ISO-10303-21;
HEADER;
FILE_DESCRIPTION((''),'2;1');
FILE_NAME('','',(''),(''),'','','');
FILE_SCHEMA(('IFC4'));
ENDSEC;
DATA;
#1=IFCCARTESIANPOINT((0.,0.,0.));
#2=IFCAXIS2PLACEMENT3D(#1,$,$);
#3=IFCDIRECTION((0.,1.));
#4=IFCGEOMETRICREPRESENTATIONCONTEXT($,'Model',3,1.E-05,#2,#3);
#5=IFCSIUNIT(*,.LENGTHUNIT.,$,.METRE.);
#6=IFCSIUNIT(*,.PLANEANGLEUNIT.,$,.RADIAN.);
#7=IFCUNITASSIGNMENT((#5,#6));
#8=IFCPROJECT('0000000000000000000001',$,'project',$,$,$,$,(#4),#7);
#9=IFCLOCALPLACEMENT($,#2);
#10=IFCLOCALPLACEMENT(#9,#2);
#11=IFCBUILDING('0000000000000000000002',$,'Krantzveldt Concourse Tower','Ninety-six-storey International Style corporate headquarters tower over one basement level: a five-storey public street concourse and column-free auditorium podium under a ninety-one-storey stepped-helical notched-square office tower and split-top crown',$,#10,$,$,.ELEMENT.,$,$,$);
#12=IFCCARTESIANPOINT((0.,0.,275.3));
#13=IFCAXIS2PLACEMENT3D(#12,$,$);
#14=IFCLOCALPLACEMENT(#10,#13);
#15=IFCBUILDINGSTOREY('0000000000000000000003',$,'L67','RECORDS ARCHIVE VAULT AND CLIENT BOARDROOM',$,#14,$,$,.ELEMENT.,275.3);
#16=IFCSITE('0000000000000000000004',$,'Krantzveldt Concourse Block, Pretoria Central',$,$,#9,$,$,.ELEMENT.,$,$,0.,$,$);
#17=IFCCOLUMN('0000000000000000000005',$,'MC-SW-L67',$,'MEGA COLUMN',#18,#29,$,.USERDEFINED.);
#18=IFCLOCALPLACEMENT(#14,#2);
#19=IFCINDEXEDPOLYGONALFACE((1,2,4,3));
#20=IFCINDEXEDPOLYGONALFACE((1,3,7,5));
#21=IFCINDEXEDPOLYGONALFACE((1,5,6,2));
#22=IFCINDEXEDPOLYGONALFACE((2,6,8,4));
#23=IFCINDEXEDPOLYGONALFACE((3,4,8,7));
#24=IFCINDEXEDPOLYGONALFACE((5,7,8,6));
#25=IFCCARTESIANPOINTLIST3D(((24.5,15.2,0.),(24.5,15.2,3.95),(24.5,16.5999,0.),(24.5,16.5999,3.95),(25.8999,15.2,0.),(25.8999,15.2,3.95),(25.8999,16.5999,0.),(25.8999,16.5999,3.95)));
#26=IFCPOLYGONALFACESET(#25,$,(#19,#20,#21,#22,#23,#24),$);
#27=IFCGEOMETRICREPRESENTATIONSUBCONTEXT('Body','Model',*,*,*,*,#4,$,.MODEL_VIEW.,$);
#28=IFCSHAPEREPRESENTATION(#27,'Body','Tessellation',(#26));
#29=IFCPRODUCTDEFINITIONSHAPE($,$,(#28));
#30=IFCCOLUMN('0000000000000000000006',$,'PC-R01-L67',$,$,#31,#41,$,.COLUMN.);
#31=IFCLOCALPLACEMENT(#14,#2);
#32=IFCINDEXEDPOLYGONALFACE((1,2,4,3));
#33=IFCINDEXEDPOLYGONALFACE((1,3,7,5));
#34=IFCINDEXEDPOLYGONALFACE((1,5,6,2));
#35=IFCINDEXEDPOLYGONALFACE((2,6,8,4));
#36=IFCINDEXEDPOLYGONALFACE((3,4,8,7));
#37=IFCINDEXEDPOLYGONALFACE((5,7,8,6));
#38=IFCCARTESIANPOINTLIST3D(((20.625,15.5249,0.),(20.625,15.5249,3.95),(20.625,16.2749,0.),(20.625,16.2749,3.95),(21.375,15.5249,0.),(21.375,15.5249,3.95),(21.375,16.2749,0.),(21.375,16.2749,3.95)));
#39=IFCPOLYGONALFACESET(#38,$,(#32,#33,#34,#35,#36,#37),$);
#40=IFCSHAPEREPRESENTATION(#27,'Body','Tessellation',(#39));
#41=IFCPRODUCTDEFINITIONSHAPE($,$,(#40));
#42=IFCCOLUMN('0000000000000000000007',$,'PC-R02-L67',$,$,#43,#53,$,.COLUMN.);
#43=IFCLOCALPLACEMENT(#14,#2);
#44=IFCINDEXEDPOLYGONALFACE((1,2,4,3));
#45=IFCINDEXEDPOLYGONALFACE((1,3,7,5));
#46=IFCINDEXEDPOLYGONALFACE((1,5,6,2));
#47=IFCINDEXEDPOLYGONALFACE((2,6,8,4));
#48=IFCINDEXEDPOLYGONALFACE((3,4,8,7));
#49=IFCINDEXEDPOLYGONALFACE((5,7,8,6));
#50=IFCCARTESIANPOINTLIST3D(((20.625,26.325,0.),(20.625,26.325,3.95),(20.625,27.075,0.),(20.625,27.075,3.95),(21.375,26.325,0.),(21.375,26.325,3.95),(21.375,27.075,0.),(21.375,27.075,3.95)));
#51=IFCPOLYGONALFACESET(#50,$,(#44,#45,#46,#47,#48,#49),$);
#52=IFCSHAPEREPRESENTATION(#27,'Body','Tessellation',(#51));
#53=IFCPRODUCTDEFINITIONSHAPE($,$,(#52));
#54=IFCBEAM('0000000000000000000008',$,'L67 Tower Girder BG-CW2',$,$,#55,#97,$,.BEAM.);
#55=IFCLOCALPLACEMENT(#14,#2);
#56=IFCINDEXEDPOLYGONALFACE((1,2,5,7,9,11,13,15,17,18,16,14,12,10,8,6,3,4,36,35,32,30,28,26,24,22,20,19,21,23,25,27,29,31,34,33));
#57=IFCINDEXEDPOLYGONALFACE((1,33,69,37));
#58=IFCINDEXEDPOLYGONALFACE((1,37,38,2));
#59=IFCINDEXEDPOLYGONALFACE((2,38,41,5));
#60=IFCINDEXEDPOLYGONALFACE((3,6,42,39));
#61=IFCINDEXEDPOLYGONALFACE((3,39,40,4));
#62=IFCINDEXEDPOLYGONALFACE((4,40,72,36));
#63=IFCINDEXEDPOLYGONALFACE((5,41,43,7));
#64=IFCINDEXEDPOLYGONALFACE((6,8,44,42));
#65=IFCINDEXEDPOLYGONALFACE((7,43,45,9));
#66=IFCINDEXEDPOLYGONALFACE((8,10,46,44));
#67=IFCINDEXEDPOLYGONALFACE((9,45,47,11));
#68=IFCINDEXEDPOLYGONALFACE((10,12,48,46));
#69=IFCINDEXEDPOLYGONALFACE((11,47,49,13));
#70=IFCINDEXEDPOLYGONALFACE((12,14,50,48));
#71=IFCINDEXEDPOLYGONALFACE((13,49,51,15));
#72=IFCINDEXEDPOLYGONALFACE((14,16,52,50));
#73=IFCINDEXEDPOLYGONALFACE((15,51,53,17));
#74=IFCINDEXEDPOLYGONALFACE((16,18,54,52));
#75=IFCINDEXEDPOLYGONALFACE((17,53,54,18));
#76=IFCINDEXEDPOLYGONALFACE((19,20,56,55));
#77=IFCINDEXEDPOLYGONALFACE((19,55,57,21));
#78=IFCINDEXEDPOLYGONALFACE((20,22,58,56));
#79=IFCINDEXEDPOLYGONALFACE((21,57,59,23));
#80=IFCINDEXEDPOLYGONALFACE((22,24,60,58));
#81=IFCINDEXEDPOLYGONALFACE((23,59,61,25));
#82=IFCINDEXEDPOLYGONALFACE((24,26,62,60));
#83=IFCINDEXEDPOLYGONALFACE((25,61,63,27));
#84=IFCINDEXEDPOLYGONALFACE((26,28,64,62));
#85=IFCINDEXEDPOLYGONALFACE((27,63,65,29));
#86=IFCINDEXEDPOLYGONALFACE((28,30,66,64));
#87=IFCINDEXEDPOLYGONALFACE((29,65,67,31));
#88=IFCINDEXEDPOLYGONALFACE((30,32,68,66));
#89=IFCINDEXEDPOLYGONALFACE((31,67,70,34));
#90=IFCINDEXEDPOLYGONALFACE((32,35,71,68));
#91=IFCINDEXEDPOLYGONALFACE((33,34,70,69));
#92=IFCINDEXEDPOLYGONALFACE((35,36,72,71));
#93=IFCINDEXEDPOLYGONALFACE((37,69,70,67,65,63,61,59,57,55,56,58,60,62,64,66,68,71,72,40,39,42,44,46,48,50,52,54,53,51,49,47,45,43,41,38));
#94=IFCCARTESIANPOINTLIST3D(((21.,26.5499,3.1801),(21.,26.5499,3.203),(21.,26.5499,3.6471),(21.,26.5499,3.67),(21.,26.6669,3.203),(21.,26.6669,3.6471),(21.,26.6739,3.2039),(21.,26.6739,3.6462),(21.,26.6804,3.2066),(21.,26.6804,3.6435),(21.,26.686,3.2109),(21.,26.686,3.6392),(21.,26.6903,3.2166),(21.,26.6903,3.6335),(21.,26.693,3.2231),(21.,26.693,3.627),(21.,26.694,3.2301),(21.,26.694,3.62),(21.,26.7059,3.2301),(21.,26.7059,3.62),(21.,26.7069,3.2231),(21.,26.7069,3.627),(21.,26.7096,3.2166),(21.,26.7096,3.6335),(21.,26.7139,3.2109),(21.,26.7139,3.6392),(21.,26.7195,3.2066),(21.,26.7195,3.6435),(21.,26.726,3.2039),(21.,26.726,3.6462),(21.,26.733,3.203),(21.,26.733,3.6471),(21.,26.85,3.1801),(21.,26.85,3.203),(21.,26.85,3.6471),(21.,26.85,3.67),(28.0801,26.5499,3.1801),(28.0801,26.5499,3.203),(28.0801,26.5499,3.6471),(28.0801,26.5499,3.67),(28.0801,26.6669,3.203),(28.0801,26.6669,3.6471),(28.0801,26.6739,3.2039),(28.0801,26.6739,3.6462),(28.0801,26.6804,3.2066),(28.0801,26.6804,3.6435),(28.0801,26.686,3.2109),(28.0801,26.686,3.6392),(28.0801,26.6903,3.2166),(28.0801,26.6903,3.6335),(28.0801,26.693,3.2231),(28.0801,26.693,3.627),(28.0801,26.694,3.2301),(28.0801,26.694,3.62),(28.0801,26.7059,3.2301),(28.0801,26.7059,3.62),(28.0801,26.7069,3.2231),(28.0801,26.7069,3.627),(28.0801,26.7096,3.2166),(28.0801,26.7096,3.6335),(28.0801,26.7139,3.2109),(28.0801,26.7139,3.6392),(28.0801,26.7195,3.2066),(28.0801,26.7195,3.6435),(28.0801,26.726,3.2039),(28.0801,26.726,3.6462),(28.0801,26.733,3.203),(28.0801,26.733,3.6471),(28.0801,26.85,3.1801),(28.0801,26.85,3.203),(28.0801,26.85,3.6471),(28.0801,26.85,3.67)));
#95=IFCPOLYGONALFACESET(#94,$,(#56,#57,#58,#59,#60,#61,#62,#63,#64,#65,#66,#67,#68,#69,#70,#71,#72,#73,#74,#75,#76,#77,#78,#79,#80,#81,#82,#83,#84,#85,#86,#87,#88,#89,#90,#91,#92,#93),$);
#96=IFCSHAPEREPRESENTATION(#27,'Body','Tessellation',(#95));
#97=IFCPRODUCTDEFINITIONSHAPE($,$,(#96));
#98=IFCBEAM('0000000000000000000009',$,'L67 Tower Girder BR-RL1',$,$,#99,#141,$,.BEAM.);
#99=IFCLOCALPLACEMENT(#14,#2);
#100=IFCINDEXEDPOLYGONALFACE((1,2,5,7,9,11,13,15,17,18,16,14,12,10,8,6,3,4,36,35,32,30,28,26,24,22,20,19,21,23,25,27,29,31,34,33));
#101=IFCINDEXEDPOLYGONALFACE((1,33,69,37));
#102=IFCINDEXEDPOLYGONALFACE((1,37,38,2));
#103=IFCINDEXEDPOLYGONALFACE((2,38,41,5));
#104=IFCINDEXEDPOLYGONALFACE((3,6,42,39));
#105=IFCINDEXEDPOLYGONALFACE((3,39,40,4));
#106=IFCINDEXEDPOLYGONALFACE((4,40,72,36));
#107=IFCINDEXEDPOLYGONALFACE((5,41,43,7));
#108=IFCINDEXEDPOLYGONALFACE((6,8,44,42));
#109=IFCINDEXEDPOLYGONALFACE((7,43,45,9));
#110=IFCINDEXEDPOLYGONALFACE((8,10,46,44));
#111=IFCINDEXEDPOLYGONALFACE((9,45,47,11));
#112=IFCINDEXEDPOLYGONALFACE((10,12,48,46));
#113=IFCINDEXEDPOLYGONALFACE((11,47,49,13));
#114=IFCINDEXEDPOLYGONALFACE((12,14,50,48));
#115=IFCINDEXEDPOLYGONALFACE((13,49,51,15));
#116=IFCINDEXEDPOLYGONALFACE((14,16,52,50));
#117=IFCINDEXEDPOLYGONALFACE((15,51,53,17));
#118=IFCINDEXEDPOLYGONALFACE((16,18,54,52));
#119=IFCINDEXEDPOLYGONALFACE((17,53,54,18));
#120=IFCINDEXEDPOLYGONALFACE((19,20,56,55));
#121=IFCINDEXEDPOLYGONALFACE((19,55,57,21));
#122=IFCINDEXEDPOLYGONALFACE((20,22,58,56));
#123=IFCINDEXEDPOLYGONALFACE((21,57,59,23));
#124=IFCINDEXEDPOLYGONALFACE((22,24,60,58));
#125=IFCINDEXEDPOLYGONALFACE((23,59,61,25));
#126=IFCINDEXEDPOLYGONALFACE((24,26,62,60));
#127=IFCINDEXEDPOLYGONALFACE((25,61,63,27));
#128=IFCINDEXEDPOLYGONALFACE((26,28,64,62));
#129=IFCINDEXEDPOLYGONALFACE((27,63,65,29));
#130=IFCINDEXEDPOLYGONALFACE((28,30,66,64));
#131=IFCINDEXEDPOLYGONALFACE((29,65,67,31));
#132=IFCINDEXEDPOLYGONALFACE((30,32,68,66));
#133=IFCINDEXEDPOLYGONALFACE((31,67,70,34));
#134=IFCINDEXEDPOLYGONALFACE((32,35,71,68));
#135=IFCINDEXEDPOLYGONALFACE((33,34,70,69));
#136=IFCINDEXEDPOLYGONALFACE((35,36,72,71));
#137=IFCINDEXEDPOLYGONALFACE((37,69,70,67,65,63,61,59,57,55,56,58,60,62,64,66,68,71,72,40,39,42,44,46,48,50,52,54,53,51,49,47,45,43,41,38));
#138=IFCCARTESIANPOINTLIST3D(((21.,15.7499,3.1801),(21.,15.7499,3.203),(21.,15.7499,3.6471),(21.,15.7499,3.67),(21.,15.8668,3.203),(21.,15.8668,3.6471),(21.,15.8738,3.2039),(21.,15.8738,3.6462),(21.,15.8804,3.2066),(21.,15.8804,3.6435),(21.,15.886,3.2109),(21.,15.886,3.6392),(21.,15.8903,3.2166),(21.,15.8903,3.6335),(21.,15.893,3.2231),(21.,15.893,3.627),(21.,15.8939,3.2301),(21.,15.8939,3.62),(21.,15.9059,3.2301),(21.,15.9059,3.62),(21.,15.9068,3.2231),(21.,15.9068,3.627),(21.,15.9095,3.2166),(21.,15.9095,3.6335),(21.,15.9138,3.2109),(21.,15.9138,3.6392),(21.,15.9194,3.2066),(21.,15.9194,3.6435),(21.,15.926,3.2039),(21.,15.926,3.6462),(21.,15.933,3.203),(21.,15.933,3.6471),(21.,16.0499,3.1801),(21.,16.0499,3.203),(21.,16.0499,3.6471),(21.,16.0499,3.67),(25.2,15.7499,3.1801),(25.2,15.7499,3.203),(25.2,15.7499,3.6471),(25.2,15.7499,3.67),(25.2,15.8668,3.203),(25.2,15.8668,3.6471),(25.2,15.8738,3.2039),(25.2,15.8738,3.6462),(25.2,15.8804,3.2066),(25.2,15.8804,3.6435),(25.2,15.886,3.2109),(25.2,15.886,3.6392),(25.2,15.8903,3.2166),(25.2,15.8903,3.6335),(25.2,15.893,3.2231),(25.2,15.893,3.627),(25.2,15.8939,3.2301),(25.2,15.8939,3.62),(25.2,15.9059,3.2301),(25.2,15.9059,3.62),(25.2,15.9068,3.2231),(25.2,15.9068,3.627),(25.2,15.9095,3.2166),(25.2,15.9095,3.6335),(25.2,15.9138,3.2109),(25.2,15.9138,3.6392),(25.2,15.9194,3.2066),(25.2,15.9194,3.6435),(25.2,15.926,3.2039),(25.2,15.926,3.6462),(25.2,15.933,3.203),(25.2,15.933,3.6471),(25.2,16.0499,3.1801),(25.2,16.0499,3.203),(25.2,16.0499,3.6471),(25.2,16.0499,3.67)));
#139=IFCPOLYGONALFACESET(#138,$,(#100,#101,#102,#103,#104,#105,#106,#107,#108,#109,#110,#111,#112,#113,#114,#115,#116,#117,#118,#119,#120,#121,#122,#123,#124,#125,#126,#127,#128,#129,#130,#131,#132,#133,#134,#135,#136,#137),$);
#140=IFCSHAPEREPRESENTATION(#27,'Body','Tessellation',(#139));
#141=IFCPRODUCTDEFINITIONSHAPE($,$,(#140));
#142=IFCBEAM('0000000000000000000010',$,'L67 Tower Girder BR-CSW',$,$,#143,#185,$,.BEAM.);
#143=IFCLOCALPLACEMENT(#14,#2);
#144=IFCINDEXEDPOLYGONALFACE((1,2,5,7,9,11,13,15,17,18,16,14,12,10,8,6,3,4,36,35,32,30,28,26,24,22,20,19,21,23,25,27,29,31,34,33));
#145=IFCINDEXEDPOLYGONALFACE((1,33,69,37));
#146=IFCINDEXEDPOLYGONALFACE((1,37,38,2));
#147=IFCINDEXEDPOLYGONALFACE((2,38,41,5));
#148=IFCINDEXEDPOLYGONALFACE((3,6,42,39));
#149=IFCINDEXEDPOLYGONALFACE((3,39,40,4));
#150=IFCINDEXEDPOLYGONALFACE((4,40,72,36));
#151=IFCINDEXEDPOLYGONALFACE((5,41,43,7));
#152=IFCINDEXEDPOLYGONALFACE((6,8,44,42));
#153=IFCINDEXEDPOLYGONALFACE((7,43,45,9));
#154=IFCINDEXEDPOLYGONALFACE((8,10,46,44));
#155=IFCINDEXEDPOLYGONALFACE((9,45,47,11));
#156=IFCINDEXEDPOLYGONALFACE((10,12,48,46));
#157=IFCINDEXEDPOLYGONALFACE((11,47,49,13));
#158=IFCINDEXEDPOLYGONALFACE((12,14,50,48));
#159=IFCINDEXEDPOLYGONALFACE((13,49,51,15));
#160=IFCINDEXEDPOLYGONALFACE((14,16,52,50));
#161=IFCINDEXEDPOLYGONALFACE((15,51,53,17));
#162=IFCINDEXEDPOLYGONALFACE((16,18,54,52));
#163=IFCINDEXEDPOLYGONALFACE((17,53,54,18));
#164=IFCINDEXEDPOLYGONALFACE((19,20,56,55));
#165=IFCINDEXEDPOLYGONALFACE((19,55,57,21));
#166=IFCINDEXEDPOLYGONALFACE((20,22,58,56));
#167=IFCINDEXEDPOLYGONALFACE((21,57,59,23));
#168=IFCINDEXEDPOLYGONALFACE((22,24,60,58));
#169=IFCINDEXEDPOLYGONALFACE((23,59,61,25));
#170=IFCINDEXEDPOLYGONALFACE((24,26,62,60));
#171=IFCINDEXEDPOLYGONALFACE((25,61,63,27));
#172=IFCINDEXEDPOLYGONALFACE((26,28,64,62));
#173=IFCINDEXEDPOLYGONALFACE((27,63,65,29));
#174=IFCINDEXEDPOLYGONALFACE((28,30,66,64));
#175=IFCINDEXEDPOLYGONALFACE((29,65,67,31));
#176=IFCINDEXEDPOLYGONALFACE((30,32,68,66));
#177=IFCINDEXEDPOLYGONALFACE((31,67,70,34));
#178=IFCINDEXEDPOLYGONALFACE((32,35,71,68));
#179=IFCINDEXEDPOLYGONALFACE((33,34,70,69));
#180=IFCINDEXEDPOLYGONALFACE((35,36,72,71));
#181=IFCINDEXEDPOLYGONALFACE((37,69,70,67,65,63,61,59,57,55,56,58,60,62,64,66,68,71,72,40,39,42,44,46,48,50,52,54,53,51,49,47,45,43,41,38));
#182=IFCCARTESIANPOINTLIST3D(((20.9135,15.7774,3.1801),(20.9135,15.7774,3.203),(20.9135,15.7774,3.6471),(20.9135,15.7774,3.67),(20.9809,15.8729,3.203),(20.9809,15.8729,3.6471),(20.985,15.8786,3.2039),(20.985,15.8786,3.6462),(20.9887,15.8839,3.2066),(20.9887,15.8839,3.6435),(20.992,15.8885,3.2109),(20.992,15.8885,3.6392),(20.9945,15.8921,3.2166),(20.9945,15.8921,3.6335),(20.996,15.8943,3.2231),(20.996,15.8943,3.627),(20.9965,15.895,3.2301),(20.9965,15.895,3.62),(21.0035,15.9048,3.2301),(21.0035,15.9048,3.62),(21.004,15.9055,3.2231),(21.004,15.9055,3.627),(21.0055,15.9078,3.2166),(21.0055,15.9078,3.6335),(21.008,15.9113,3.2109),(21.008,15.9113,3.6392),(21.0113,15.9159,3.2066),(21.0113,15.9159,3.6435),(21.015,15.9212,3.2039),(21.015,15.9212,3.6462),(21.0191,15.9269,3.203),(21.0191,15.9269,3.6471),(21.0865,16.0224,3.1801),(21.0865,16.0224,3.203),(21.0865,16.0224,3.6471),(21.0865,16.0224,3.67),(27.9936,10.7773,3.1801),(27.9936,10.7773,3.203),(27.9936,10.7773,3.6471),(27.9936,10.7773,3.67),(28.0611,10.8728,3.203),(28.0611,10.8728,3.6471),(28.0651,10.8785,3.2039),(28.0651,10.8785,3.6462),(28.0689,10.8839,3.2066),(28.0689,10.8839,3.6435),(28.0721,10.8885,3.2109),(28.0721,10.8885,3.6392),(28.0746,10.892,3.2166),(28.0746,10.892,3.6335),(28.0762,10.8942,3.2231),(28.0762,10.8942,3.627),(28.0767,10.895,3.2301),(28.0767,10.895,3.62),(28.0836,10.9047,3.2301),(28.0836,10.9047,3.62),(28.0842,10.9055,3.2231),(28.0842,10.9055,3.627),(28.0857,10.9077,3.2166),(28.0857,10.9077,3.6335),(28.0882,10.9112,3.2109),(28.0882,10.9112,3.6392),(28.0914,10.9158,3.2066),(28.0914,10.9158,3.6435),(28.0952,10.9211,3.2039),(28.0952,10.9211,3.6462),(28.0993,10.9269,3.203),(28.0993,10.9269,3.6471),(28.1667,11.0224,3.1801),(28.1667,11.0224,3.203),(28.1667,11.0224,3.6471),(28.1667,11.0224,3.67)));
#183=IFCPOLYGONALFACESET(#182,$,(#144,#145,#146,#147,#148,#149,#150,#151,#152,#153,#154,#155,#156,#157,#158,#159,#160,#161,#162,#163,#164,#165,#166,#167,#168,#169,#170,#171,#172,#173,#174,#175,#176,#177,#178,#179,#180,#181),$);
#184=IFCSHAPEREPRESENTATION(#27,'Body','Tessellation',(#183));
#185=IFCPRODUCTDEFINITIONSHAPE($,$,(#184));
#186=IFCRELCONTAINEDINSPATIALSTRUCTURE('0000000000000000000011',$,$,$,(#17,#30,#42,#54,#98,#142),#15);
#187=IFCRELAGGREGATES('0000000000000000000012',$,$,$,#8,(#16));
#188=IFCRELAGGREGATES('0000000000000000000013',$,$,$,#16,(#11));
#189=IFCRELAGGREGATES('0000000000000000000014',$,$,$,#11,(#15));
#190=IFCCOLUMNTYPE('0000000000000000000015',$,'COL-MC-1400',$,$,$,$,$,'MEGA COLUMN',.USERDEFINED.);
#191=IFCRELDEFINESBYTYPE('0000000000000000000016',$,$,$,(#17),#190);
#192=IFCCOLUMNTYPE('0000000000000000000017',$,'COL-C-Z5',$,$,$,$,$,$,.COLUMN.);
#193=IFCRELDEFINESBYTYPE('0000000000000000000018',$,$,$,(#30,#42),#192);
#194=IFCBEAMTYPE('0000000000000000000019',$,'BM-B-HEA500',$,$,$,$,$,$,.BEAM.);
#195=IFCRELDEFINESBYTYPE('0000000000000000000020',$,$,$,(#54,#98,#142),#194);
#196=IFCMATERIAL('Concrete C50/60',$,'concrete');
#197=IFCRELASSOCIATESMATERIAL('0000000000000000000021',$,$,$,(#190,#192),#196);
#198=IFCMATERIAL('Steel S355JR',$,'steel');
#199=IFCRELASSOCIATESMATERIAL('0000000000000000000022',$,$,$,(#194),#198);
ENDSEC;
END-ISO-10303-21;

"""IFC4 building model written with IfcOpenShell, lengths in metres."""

from ifc_helpers import new_model, si_unit, direction, frame, origin, origin_2d, place, context, subcontext, project, spatial, rectangle, i_section, extrude, source, transform, mapped, material, material_profile, profile_set, type_object, type_shapes, element, save


model = new_model("IFC4")

# Units and contexts
model_context = context("Model", 3, precision=1e-05, world=origin(), true_north=direction((0.0, 1.0)))
body_context = subcontext(model_context, "Body", "Model", "MODEL_VIEW")
ifc_project = project(units=[si_unit("LENGTHUNIT", "METRE"), si_unit("PLANEANGLEUNIT", "RADIAN")], contexts=[model_context])

# Site, building, storey
site_placement = place(None, origin())
site = spatial("IfcSite", under=ifc_project, at=site_placement, Name="Krantzveldt Concourse Block, Pretoria Central", CompositionType="ELEMENT", RefElevation=0.0)
building_placement = place(site_placement, origin())
building = spatial("IfcBuilding", under=site, at=building_placement, Name="Krantzveldt Concourse Tower", Description="Ninety-six-storey International Style corporate headquarters tower over one basement level: a five-storey public street concourse and column-free auditorium podium under a ninety-one-storey stepped-helical notched-square office tower and split-top crown", CompositionType="ELEMENT")
storey_placement = place(building_placement, frame((0.0, 0.0, 275.3)))
storey = spatial("IfcBuildingStorey", under=building, at=storey_placement, Name="L67", Description="RECORDS ARCHIVE VAULT AND CLIENT BOARDROOM", CompositionType="ELEMENT", Elevation=275.3)

# Columns
ifc_material_1 = material(Name="Concrete C50/60", Category="concrete")
ifc_material_profile_1 = material_profile(ifc_material_1, rectangle(XDim=1.3999, YDim=1.3999, at=origin_2d()), Name="Concrete C50/60", Category="concrete")
ifc_profile_set_1 = profile_set([ifc_material_profile_1], Name="Concrete C50/60 - RC 1400x1400")
column_type_1 = type_object("IfcColumnType", Name="COL-MC-1400", ElementType="MEGA COLUMN", PredefinedType="USERDEFINED", material=ifc_profile_set_1)
shared_shape_1 = source(origin(), body_context, "Body", "SweptSolid", [
    extrude(rectangle(XDim=1.3999, YDim=1.3999, at=origin_2d()), origin(), (0.0, 0.0, 1.0), 3.95),
])
type_shapes(column_type_1, [shared_shape_1])
column_placement = place(storey_placement, frame((25.2, 15.8999, 0.0), z_axis=(0.0, 0.0, 1.0), x_axis=(1.0, 0.0, 0.0)))
element("IfcColumn", 1, at=column_placement, inside=storey, type_object=column_type_1, Name="MC-SW-L67", ObjectType="MEGA COLUMN", PredefinedType="USERDEFINED", context=body_context, shape_type="MappedRepresentation", body=[
    mapped(shared_shape_1, transform((0.0, 0.0, 0.0), x_axis=(1.0, 0.0, 0.0), y_axis=(0.0, 1.0, 0.0), z_axis=(0.0, 0.0, 1.0), scale=1.0)),
])
ifc_material_profile_2 = material_profile(ifc_material_1, rectangle(XDim=0.75, YDim=0.75, at=origin_2d()), Name="Concrete C50/60", Category="concrete")
ifc_profile_set_2 = profile_set([ifc_material_profile_2], Name="Concrete C50/60 - RC 750x750")
column_type_2 = type_object("IfcColumnType", Name="COL-C-Z5", PredefinedType="COLUMN", material=ifc_profile_set_2)
shared_shape_2 = source(origin(), body_context, "Body", "SweptSolid", [
    extrude(rectangle(XDim=0.75, YDim=0.75, at=origin_2d()), origin(), (0.0, 0.0, 1.0), 3.95),
])
type_shapes(column_type_2, [shared_shape_2])
for number, where, z_axis, x_axis, name in (
    (2, (21.0, 15.8999, 0.0), (0.0, 0.0, 1.0), (1.0, 0.0, 0.0), "PC-R01-L67"),
    (3, (21.0, 26.7, 0.0), (0.0, 0.0, 1.0), (1.0, 0.0, 0.0), "PC-R02-L67"),
):
    element("IfcColumn", number, at=place(storey_placement, frame(where, z_axis=z_axis, x_axis=x_axis)), inside=storey, type_object=column_type_2, Name=name, PredefinedType="COLUMN", context=body_context, shape_type="MappedRepresentation", body=[
        mapped(shared_shape_2, transform((0.0, 0.0, 0.0), x_axis=(1.0, 0.0, 0.0), y_axis=(0.0, 1.0, 0.0), z_axis=(0.0, 0.0, 1.0), scale=1.0)),
    ])

# Beams
ifc_material_2 = material(Name="Steel S355JR", Category="steel")
ifc_material_profile_3 = material_profile(ifc_material_2, i_section(OverallWidth=0.3, OverallDepth=0.49, WebThickness=0.012, FlangeThickness=0.0229, FilletRadius=0.0271, at=origin_2d()), Name="Steel S355JR", Category="steel")
ifc_profile_set_3 = profile_set([ifc_material_profile_3], Name="Steel S355JR - HEA 500")
beam_type_1 = type_object("IfcBeamType", Name="BM-B-HEA500", PredefinedType="BEAM", material=ifc_profile_set_3)
shared_shape_3 = source(origin(), body_context, "Body", "SweptSolid", [
    extrude(i_section(OverallWidth=0.3, OverallDepth=0.49, WebThickness=0.012, FlangeThickness=0.0229, FilletRadius=0.0271, at=origin_2d()), origin(), (0.0, 0.0, 1.0), 7.0801),
])
beam_1_placement = place(storey_placement, frame((21.0, 26.7, 3.425), z_axis=(1.0, 0.0, 0.0), x_axis=(0.0, 1.0, 0.0)))
element("IfcBeam", 4, at=beam_1_placement, inside=storey, type_object=beam_type_1, Name="L67 Tower Girder BG-CW2", PredefinedType="BEAM", context=body_context, shape_type="MappedRepresentation", body=[
    mapped(shared_shape_3, transform((0.0, 0.0, 0.0), x_axis=(1.0, 0.0, 0.0), y_axis=(0.0, 1.0, 0.0), z_axis=(0.0, 0.0, 1.0), scale=1.0)),
])
shared_shape_4 = source(origin(), body_context, "Body", "SweptSolid", [
    extrude(i_section(OverallWidth=0.3, OverallDepth=0.49, WebThickness=0.012, FlangeThickness=0.0229, FilletRadius=0.0271, at=origin_2d()), origin(), (0.0, 0.0, 1.0), 4.2),
])
beam_2_placement = place(storey_placement, frame((21.0, 15.8999, 3.425), z_axis=(1.0, 0.0, 0.0), x_axis=(0.0, 1.0, 0.0)))
element("IfcBeam", 5, at=beam_2_placement, inside=storey, type_object=beam_type_1, Name="L67 Tower Girder BR-RL1", PredefinedType="BEAM", context=body_context, shape_type="MappedRepresentation", body=[
    mapped(shared_shape_4, transform((0.0, 0.0, 0.0), x_axis=(1.0, 0.0, 0.0), y_axis=(0.0, 1.0, 0.0), z_axis=(0.0, 0.0, 1.0), scale=1.0)),
])
shared_shape_5 = source(origin(), body_context, "Body", "SweptSolid", [
    extrude(i_section(OverallWidth=0.3, OverallDepth=0.49, WebThickness=0.012, FlangeThickness=0.0229, FilletRadius=0.0271, at=origin_2d()), origin(), (0.0, 0.0, 1.0), 8.6677),
])
type_shapes(beam_type_1, [shared_shape_3, shared_shape_4, shared_shape_5])
beam_3_placement = place(storey_placement, frame((21.0, 15.8999, 3.425), z_axis=(0.816843, -0.57686, 0.0), x_axis=(0.57686, 0.816843, 0.0)))
element("IfcBeam", 6, at=beam_3_placement, inside=storey, type_object=beam_type_1, Name="L67 Tower Girder BR-CSW", PredefinedType="BEAM", context=body_context, shape_type="MappedRepresentation", body=[
    mapped(shared_shape_5, transform((0.0, 0.0, 0.0), x_axis=(1.0, 0.0, 0.0), y_axis=(0.0, 1.0, 0.0), z_axis=(0.0, 0.0, 1.0), scale=1.0)),
])

save(model, "model.ifc")
